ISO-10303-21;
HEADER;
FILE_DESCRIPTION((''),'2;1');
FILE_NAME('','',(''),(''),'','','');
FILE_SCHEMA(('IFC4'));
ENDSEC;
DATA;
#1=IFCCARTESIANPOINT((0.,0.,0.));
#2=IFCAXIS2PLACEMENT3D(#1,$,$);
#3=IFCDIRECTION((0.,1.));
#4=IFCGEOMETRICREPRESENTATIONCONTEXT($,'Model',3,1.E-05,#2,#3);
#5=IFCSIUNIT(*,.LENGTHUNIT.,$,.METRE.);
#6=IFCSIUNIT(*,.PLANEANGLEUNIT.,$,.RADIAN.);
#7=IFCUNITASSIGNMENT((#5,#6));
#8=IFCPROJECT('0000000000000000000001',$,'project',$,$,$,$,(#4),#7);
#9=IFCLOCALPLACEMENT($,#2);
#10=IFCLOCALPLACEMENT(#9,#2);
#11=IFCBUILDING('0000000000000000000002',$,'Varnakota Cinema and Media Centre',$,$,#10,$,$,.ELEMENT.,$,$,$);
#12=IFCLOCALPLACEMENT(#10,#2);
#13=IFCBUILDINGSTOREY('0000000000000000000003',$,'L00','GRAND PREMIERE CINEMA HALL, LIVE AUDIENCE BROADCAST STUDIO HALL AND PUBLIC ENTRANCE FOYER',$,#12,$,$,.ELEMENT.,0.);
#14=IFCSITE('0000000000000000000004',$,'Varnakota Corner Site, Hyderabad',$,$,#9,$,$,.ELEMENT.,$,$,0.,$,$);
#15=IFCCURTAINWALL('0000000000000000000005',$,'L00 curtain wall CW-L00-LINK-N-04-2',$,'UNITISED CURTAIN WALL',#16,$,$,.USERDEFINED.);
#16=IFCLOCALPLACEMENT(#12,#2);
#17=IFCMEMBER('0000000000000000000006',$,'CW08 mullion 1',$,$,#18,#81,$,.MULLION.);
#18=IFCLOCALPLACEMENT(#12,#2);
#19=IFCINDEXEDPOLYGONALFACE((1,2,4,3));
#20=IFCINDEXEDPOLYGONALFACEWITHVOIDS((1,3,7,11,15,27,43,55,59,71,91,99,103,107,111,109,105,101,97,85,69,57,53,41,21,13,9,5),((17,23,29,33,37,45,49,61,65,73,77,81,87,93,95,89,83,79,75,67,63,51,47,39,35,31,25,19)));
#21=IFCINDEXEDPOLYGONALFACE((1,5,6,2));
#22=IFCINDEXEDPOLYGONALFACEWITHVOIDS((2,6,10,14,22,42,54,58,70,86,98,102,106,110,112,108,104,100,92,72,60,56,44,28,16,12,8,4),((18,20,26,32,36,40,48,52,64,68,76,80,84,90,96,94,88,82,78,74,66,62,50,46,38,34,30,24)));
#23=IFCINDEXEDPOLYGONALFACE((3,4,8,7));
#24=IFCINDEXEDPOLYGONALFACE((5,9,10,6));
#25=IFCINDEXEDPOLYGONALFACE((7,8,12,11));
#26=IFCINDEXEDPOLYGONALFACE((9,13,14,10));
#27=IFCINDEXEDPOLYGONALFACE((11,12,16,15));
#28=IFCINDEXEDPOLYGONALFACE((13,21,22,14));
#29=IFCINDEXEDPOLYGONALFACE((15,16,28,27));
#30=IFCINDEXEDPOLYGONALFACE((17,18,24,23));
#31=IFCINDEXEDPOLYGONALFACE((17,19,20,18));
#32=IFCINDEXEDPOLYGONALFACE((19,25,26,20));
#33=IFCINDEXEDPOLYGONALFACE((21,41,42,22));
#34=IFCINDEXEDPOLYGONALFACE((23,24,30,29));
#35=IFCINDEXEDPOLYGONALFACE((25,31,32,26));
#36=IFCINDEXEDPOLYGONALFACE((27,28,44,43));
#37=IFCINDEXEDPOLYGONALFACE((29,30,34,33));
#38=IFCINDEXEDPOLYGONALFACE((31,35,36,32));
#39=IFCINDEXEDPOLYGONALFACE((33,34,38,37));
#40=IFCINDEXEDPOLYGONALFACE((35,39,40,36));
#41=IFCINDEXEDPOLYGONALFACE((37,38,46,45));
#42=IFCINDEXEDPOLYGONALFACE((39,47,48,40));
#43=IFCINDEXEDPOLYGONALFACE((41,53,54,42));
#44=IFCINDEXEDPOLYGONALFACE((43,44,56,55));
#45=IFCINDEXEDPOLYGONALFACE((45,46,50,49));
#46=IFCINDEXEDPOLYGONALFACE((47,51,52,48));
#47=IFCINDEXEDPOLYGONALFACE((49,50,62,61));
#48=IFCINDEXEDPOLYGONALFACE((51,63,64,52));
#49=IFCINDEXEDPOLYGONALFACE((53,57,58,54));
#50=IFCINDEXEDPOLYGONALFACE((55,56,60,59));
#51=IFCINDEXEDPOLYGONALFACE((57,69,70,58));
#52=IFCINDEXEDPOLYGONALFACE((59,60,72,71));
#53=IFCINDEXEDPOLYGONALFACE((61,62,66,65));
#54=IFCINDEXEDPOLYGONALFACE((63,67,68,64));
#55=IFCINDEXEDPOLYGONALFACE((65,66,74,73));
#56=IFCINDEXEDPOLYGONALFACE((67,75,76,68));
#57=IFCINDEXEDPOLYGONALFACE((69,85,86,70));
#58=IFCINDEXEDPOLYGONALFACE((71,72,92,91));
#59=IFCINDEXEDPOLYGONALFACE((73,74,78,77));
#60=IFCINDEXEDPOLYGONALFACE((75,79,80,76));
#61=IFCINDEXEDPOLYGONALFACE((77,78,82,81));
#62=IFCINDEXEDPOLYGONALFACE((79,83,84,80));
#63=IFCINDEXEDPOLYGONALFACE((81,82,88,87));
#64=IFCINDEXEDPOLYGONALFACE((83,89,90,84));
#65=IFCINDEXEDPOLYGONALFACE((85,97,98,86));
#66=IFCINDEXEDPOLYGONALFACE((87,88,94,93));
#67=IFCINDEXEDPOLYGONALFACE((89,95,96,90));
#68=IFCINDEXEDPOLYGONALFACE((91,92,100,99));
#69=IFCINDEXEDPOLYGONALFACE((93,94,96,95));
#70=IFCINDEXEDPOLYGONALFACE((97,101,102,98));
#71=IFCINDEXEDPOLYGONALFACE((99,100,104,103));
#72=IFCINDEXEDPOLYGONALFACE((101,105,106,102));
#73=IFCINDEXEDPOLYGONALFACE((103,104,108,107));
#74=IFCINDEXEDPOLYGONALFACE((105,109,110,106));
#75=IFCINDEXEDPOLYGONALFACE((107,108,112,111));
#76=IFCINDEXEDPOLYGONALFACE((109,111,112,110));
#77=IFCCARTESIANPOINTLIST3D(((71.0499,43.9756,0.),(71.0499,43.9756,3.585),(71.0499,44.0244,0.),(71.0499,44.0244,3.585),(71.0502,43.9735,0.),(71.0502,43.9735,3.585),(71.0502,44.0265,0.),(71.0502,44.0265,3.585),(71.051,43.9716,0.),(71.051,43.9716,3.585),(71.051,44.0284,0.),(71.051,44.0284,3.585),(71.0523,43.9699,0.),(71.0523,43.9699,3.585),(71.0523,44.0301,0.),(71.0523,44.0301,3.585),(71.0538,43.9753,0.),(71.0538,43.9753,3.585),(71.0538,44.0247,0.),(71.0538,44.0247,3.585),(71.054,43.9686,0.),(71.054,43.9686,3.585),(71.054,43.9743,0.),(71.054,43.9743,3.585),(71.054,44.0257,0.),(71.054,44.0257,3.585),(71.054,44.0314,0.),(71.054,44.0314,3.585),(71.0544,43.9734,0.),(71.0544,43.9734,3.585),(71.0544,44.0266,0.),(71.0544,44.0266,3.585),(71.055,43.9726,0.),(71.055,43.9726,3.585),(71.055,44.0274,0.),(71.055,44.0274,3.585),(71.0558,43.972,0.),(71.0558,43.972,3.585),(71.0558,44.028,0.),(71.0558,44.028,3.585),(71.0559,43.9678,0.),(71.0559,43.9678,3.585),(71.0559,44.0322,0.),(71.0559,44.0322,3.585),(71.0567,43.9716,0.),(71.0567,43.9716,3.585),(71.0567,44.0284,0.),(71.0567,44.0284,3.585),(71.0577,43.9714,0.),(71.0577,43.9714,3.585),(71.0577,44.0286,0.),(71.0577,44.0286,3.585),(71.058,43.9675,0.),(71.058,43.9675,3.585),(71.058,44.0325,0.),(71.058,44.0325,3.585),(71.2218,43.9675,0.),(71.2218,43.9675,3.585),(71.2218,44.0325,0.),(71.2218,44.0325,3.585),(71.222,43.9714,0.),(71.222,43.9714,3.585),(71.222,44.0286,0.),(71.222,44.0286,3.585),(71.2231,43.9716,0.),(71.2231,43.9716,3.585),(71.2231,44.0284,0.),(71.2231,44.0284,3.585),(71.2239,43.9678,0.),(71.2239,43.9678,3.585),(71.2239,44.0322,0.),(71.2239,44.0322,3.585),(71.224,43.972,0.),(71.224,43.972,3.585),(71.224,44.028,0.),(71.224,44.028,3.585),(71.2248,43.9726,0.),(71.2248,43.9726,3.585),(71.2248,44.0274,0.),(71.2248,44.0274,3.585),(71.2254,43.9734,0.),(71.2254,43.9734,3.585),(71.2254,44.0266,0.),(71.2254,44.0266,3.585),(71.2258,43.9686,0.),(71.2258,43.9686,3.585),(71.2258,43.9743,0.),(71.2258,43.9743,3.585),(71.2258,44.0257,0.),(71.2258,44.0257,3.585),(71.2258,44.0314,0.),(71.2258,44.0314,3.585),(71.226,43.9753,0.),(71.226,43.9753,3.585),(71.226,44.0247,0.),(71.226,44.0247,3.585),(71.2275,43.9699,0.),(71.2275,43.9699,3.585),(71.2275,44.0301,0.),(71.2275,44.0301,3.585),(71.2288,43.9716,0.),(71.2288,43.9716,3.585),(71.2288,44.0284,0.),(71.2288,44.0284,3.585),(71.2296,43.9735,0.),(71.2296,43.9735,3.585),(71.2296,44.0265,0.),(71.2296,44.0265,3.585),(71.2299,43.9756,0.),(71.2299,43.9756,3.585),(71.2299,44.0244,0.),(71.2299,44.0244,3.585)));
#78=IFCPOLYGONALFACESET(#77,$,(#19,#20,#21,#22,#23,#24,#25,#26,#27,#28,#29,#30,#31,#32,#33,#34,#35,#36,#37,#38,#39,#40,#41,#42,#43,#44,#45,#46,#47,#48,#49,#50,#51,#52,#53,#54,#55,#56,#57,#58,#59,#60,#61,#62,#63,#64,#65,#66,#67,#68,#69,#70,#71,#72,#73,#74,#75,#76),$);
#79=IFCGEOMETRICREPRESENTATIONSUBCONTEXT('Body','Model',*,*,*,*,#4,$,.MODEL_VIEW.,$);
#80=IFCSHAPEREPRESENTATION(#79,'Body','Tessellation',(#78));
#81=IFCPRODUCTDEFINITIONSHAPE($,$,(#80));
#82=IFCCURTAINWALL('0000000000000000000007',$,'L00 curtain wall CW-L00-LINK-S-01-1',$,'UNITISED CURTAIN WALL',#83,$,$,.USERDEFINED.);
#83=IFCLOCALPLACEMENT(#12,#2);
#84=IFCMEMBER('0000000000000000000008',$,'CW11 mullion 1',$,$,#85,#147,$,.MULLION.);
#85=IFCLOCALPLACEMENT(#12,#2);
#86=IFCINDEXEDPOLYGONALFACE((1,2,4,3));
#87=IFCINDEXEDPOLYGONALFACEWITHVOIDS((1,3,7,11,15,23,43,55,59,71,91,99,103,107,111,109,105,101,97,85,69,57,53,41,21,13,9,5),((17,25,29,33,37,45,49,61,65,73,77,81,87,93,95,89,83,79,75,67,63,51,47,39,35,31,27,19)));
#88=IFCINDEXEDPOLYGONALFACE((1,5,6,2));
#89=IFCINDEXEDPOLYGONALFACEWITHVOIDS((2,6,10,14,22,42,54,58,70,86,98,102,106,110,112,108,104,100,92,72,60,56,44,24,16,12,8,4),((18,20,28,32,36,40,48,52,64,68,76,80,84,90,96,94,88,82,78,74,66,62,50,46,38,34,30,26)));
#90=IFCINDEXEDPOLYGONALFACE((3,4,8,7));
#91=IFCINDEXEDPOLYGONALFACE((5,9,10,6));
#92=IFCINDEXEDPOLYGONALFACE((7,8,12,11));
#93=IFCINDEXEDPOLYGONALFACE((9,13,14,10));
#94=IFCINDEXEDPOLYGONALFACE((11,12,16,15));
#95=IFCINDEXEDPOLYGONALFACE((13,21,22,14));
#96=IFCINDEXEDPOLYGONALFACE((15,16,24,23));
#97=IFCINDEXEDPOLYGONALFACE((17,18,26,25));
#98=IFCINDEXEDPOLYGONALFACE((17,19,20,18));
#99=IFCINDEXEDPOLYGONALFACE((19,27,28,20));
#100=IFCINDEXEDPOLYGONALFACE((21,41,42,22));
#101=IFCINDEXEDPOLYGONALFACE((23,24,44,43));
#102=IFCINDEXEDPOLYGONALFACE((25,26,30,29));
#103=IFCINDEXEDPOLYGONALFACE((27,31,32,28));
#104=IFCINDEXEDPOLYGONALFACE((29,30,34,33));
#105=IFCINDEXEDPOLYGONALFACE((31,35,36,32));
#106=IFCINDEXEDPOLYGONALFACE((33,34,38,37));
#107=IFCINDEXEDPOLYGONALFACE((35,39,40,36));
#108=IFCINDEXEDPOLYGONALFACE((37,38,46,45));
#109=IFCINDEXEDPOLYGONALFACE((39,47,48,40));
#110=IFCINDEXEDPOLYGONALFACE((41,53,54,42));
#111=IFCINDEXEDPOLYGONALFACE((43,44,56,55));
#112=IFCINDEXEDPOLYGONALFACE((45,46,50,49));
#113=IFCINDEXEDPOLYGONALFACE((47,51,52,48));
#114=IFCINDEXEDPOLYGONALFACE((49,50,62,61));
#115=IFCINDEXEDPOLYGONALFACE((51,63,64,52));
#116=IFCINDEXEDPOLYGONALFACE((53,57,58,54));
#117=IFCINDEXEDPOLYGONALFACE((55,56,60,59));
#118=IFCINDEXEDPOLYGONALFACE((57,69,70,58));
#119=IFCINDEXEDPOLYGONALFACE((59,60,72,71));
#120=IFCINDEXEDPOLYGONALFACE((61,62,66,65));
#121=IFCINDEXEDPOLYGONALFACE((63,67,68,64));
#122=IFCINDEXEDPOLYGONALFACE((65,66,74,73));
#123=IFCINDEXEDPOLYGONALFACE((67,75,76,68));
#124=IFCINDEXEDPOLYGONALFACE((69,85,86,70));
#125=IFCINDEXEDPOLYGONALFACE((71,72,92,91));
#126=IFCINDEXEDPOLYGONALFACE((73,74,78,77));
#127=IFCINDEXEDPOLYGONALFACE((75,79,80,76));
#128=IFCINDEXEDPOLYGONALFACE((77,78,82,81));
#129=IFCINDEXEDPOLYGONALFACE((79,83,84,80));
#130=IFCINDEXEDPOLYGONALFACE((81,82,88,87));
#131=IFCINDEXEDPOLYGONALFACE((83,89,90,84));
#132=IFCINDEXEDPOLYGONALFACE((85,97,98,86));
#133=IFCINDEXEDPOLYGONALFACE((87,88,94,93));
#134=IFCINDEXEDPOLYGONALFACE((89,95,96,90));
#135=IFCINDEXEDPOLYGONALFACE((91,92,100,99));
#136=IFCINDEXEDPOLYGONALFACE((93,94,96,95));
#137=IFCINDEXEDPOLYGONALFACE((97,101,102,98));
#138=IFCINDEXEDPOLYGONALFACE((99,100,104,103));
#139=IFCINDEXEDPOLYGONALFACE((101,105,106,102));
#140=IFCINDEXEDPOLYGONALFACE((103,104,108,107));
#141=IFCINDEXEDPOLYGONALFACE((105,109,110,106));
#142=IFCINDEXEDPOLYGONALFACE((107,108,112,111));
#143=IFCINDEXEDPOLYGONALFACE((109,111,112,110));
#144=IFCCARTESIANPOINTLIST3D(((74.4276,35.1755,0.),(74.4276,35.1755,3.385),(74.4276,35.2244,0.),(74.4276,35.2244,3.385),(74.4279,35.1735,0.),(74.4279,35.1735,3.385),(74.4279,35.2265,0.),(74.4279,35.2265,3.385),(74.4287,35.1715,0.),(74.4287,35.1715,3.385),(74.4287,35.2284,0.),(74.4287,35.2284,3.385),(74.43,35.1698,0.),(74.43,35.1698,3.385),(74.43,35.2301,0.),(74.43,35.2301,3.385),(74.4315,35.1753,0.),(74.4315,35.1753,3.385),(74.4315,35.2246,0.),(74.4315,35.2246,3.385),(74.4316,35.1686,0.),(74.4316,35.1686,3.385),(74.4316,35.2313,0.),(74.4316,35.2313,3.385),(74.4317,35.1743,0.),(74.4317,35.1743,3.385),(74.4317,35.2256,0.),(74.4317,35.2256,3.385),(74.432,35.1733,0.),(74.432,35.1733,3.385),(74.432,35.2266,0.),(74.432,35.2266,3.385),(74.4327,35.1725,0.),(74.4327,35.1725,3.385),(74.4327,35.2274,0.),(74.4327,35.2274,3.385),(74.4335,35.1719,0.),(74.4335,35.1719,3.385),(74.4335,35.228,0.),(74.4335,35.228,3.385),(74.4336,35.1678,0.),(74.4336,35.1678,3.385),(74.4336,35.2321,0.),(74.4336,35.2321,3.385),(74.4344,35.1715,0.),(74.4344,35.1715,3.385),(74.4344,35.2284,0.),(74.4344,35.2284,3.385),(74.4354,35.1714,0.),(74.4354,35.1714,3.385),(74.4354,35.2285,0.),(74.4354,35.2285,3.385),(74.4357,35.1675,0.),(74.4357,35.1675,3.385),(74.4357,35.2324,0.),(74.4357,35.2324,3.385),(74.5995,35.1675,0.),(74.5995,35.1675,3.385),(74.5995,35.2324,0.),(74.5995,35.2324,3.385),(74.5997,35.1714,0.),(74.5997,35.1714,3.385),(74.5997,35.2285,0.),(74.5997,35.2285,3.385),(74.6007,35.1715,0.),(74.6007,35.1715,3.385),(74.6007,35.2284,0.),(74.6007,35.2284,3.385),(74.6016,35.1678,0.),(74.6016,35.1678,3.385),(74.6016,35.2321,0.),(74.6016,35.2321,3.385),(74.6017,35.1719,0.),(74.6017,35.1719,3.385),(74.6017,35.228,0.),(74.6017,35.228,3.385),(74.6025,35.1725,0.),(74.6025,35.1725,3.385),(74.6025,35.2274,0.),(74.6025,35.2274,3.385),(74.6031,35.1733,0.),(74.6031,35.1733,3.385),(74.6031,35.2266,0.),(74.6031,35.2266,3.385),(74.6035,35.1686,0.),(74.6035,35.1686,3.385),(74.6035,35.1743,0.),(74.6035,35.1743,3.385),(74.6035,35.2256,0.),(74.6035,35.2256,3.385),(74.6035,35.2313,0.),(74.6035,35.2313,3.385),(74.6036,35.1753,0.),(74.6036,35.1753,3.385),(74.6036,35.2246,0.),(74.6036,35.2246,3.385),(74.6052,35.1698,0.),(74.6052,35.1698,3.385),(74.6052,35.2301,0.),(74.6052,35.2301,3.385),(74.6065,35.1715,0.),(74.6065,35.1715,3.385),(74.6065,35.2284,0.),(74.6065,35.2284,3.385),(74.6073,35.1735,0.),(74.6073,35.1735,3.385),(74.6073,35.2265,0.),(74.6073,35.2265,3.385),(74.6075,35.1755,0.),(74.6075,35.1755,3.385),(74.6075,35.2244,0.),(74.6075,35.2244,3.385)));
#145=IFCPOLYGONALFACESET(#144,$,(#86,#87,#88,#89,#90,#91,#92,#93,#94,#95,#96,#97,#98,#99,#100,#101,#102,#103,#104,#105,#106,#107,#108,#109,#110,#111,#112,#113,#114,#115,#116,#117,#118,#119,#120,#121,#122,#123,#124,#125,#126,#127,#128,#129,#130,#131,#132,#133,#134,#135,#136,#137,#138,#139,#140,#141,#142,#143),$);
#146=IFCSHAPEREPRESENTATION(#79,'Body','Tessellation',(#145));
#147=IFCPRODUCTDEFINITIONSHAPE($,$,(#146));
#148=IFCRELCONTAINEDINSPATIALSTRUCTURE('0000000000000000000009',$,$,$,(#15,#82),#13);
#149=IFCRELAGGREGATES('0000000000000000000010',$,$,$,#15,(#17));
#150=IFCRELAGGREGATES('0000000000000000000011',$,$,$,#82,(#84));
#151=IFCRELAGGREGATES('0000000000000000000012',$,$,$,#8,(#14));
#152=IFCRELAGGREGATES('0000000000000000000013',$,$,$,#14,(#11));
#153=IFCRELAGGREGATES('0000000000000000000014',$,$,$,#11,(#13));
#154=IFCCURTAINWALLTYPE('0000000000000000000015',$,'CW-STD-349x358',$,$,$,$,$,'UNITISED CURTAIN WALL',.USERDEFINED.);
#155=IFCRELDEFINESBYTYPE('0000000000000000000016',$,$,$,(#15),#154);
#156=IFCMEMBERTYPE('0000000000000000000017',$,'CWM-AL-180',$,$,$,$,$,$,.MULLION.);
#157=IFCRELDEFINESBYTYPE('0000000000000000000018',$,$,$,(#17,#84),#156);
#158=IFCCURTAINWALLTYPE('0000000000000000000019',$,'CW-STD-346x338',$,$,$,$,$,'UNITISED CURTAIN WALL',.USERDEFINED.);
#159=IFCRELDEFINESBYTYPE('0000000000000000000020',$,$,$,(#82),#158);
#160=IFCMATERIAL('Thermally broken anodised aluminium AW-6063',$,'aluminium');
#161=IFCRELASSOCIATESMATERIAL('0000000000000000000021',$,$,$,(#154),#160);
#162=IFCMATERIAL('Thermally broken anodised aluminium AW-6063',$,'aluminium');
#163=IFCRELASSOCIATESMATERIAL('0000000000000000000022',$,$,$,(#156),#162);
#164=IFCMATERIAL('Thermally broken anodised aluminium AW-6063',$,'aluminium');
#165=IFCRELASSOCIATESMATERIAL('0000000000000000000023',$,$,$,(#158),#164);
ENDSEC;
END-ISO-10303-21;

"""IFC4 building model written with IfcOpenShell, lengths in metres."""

from ifc_helpers import new_model, si_unit, direction, frame, origin, origin_2d, place, context, subcontext, project, spatial, hollow_rectangle, extrude, material, material_profile, profile_set, type_object, element, aggregate, save


model = new_model("IFC4")

# Units and contexts
model_context = context("Model", 3, precision=1e-05, world=origin(), true_north=direction((0.0, 1.0)))
body_context = subcontext(model_context, "Body", "Model", "MODEL_VIEW")
ifc_project = project(units=[si_unit("LENGTHUNIT", "METRE"), si_unit("PLANEANGLEUNIT", "RADIAN")], contexts=[model_context])

# Site, building, storey
site_placement = place(None, origin())
site = spatial("IfcSite", under=ifc_project, at=site_placement, Name="Varnakota Corner Site, Hyderabad", CompositionType="ELEMENT", RefElevation=0.0)
building_placement = place(site_placement, origin())
building = spatial("IfcBuilding", under=site, at=building_placement, Name="Varnakota Cinema and Media Centre", CompositionType="ELEMENT")
storey_placement = place(building_placement, origin())
storey = spatial("IfcBuildingStorey", under=building, at=storey_placement, Name="L00", Description="GRAND PREMIERE CINEMA HALL, LIVE AUDIENCE BROADCAST STUDIO HALL AND PUBLIC ENTRANCE FOYER", CompositionType="ELEMENT", Elevation=0.0)

# Curtain wall, member
ifc_material_1 = material(Name="Thermally broken anodised aluminium AW-6063", Category="aluminium")
curtain_wall_type_1 = type_object("IfcCurtainWallType", Name="CW-STD-349x358", ElementType="UNITISED CURTAIN WALL", PredefinedType="USERDEFINED", material=ifc_material_1)
ifc_material_2 = material(Name="Thermally broken anodised aluminium AW-6063", Category="aluminium")
ifc_material_profile_1 = material_profile(ifc_material_2, hollow_rectangle(XDim=0.0649, YDim=0.1799, WallThickness=0.0039, InnerFilletRadius=0.0039, OuterFilletRadius=0.0081, at=origin_2d()), Name="AL-MULLION 180x65x4")
ifc_profile_set_1 = profile_set([ifc_material_profile_1], Name="Thermally broken anodised aluminium AW-6063")
member_type_1 = type_object("IfcMemberType", Name="CWM-AL-180", PredefinedType="MULLION", material=ifc_profile_set_1)
curtain_wall_1_placement = place(storey_placement, origin())
curtain_wall_1 = element("IfcCurtainWall", 1, at=curtain_wall_1_placement, inside=storey, type_object=curtain_wall_type_1, Name="L00 curtain wall CW-L00-LINK-N-04-2", ObjectType="UNITISED CURTAIN WALL", PredefinedType="USERDEFINED")
member_1_placement = place(storey_placement, frame((71.1399, 44.0, 0.0), z_axis=(0.0, 0.0, 1.0), x_axis=(0.0, 1.0, 0.0)))
member_1 = element("IfcMember", 2, at=member_1_placement, type_object=member_type_1, Name="CW08 mullion 1", PredefinedType="MULLION", context=body_context, shape_type="SweptSolid", body=[
    extrude(hollow_rectangle(XDim=0.0649, YDim=0.1799, WallThickness=0.0039, InnerFilletRadius=0.0039, OuterFilletRadius=0.0081, at=origin_2d()), origin(), (0.0, 0.0, 1.0), 3.585),
])

# Curtain wall, member
ifc_material_3 = material(Name="Thermally broken anodised aluminium AW-6063", Category="aluminium")
curtain_wall_type_2 = type_object("IfcCurtainWallType", Name="CW-STD-346x338", ElementType="UNITISED CURTAIN WALL", PredefinedType="USERDEFINED", material=ifc_material_3)
curtain_wall_2_placement = place(storey_placement, origin())
curtain_wall_2 = element("IfcCurtainWall", 3, at=curtain_wall_2_placement, inside=storey, type_object=curtain_wall_type_2, Name="L00 curtain wall CW-L00-LINK-S-01-1", ObjectType="UNITISED CURTAIN WALL", PredefinedType="USERDEFINED")
member_2_placement = place(storey_placement, frame((74.5176, 35.2, 0.0), z_axis=(0.0, 0.0, 1.0), x_axis=(0.0, -1.0, 0.0)))
member_2 = element("IfcMember", 4, at=member_2_placement, type_object=member_type_1, Name="CW11 mullion 1", PredefinedType="MULLION", context=body_context, shape_type="SweptSolid", body=[
    extrude(hollow_rectangle(XDim=0.0649, YDim=0.1799, WallThickness=0.0039, InnerFilletRadius=0.0039, OuterFilletRadius=0.0081, at=origin_2d()), origin(), (0.0, 0.0, 1.0), 3.385),
])

aggregate(curtain_wall_1, [member_1])
aggregate(curtain_wall_2, [member_2])

save(model, "model.ifc")
